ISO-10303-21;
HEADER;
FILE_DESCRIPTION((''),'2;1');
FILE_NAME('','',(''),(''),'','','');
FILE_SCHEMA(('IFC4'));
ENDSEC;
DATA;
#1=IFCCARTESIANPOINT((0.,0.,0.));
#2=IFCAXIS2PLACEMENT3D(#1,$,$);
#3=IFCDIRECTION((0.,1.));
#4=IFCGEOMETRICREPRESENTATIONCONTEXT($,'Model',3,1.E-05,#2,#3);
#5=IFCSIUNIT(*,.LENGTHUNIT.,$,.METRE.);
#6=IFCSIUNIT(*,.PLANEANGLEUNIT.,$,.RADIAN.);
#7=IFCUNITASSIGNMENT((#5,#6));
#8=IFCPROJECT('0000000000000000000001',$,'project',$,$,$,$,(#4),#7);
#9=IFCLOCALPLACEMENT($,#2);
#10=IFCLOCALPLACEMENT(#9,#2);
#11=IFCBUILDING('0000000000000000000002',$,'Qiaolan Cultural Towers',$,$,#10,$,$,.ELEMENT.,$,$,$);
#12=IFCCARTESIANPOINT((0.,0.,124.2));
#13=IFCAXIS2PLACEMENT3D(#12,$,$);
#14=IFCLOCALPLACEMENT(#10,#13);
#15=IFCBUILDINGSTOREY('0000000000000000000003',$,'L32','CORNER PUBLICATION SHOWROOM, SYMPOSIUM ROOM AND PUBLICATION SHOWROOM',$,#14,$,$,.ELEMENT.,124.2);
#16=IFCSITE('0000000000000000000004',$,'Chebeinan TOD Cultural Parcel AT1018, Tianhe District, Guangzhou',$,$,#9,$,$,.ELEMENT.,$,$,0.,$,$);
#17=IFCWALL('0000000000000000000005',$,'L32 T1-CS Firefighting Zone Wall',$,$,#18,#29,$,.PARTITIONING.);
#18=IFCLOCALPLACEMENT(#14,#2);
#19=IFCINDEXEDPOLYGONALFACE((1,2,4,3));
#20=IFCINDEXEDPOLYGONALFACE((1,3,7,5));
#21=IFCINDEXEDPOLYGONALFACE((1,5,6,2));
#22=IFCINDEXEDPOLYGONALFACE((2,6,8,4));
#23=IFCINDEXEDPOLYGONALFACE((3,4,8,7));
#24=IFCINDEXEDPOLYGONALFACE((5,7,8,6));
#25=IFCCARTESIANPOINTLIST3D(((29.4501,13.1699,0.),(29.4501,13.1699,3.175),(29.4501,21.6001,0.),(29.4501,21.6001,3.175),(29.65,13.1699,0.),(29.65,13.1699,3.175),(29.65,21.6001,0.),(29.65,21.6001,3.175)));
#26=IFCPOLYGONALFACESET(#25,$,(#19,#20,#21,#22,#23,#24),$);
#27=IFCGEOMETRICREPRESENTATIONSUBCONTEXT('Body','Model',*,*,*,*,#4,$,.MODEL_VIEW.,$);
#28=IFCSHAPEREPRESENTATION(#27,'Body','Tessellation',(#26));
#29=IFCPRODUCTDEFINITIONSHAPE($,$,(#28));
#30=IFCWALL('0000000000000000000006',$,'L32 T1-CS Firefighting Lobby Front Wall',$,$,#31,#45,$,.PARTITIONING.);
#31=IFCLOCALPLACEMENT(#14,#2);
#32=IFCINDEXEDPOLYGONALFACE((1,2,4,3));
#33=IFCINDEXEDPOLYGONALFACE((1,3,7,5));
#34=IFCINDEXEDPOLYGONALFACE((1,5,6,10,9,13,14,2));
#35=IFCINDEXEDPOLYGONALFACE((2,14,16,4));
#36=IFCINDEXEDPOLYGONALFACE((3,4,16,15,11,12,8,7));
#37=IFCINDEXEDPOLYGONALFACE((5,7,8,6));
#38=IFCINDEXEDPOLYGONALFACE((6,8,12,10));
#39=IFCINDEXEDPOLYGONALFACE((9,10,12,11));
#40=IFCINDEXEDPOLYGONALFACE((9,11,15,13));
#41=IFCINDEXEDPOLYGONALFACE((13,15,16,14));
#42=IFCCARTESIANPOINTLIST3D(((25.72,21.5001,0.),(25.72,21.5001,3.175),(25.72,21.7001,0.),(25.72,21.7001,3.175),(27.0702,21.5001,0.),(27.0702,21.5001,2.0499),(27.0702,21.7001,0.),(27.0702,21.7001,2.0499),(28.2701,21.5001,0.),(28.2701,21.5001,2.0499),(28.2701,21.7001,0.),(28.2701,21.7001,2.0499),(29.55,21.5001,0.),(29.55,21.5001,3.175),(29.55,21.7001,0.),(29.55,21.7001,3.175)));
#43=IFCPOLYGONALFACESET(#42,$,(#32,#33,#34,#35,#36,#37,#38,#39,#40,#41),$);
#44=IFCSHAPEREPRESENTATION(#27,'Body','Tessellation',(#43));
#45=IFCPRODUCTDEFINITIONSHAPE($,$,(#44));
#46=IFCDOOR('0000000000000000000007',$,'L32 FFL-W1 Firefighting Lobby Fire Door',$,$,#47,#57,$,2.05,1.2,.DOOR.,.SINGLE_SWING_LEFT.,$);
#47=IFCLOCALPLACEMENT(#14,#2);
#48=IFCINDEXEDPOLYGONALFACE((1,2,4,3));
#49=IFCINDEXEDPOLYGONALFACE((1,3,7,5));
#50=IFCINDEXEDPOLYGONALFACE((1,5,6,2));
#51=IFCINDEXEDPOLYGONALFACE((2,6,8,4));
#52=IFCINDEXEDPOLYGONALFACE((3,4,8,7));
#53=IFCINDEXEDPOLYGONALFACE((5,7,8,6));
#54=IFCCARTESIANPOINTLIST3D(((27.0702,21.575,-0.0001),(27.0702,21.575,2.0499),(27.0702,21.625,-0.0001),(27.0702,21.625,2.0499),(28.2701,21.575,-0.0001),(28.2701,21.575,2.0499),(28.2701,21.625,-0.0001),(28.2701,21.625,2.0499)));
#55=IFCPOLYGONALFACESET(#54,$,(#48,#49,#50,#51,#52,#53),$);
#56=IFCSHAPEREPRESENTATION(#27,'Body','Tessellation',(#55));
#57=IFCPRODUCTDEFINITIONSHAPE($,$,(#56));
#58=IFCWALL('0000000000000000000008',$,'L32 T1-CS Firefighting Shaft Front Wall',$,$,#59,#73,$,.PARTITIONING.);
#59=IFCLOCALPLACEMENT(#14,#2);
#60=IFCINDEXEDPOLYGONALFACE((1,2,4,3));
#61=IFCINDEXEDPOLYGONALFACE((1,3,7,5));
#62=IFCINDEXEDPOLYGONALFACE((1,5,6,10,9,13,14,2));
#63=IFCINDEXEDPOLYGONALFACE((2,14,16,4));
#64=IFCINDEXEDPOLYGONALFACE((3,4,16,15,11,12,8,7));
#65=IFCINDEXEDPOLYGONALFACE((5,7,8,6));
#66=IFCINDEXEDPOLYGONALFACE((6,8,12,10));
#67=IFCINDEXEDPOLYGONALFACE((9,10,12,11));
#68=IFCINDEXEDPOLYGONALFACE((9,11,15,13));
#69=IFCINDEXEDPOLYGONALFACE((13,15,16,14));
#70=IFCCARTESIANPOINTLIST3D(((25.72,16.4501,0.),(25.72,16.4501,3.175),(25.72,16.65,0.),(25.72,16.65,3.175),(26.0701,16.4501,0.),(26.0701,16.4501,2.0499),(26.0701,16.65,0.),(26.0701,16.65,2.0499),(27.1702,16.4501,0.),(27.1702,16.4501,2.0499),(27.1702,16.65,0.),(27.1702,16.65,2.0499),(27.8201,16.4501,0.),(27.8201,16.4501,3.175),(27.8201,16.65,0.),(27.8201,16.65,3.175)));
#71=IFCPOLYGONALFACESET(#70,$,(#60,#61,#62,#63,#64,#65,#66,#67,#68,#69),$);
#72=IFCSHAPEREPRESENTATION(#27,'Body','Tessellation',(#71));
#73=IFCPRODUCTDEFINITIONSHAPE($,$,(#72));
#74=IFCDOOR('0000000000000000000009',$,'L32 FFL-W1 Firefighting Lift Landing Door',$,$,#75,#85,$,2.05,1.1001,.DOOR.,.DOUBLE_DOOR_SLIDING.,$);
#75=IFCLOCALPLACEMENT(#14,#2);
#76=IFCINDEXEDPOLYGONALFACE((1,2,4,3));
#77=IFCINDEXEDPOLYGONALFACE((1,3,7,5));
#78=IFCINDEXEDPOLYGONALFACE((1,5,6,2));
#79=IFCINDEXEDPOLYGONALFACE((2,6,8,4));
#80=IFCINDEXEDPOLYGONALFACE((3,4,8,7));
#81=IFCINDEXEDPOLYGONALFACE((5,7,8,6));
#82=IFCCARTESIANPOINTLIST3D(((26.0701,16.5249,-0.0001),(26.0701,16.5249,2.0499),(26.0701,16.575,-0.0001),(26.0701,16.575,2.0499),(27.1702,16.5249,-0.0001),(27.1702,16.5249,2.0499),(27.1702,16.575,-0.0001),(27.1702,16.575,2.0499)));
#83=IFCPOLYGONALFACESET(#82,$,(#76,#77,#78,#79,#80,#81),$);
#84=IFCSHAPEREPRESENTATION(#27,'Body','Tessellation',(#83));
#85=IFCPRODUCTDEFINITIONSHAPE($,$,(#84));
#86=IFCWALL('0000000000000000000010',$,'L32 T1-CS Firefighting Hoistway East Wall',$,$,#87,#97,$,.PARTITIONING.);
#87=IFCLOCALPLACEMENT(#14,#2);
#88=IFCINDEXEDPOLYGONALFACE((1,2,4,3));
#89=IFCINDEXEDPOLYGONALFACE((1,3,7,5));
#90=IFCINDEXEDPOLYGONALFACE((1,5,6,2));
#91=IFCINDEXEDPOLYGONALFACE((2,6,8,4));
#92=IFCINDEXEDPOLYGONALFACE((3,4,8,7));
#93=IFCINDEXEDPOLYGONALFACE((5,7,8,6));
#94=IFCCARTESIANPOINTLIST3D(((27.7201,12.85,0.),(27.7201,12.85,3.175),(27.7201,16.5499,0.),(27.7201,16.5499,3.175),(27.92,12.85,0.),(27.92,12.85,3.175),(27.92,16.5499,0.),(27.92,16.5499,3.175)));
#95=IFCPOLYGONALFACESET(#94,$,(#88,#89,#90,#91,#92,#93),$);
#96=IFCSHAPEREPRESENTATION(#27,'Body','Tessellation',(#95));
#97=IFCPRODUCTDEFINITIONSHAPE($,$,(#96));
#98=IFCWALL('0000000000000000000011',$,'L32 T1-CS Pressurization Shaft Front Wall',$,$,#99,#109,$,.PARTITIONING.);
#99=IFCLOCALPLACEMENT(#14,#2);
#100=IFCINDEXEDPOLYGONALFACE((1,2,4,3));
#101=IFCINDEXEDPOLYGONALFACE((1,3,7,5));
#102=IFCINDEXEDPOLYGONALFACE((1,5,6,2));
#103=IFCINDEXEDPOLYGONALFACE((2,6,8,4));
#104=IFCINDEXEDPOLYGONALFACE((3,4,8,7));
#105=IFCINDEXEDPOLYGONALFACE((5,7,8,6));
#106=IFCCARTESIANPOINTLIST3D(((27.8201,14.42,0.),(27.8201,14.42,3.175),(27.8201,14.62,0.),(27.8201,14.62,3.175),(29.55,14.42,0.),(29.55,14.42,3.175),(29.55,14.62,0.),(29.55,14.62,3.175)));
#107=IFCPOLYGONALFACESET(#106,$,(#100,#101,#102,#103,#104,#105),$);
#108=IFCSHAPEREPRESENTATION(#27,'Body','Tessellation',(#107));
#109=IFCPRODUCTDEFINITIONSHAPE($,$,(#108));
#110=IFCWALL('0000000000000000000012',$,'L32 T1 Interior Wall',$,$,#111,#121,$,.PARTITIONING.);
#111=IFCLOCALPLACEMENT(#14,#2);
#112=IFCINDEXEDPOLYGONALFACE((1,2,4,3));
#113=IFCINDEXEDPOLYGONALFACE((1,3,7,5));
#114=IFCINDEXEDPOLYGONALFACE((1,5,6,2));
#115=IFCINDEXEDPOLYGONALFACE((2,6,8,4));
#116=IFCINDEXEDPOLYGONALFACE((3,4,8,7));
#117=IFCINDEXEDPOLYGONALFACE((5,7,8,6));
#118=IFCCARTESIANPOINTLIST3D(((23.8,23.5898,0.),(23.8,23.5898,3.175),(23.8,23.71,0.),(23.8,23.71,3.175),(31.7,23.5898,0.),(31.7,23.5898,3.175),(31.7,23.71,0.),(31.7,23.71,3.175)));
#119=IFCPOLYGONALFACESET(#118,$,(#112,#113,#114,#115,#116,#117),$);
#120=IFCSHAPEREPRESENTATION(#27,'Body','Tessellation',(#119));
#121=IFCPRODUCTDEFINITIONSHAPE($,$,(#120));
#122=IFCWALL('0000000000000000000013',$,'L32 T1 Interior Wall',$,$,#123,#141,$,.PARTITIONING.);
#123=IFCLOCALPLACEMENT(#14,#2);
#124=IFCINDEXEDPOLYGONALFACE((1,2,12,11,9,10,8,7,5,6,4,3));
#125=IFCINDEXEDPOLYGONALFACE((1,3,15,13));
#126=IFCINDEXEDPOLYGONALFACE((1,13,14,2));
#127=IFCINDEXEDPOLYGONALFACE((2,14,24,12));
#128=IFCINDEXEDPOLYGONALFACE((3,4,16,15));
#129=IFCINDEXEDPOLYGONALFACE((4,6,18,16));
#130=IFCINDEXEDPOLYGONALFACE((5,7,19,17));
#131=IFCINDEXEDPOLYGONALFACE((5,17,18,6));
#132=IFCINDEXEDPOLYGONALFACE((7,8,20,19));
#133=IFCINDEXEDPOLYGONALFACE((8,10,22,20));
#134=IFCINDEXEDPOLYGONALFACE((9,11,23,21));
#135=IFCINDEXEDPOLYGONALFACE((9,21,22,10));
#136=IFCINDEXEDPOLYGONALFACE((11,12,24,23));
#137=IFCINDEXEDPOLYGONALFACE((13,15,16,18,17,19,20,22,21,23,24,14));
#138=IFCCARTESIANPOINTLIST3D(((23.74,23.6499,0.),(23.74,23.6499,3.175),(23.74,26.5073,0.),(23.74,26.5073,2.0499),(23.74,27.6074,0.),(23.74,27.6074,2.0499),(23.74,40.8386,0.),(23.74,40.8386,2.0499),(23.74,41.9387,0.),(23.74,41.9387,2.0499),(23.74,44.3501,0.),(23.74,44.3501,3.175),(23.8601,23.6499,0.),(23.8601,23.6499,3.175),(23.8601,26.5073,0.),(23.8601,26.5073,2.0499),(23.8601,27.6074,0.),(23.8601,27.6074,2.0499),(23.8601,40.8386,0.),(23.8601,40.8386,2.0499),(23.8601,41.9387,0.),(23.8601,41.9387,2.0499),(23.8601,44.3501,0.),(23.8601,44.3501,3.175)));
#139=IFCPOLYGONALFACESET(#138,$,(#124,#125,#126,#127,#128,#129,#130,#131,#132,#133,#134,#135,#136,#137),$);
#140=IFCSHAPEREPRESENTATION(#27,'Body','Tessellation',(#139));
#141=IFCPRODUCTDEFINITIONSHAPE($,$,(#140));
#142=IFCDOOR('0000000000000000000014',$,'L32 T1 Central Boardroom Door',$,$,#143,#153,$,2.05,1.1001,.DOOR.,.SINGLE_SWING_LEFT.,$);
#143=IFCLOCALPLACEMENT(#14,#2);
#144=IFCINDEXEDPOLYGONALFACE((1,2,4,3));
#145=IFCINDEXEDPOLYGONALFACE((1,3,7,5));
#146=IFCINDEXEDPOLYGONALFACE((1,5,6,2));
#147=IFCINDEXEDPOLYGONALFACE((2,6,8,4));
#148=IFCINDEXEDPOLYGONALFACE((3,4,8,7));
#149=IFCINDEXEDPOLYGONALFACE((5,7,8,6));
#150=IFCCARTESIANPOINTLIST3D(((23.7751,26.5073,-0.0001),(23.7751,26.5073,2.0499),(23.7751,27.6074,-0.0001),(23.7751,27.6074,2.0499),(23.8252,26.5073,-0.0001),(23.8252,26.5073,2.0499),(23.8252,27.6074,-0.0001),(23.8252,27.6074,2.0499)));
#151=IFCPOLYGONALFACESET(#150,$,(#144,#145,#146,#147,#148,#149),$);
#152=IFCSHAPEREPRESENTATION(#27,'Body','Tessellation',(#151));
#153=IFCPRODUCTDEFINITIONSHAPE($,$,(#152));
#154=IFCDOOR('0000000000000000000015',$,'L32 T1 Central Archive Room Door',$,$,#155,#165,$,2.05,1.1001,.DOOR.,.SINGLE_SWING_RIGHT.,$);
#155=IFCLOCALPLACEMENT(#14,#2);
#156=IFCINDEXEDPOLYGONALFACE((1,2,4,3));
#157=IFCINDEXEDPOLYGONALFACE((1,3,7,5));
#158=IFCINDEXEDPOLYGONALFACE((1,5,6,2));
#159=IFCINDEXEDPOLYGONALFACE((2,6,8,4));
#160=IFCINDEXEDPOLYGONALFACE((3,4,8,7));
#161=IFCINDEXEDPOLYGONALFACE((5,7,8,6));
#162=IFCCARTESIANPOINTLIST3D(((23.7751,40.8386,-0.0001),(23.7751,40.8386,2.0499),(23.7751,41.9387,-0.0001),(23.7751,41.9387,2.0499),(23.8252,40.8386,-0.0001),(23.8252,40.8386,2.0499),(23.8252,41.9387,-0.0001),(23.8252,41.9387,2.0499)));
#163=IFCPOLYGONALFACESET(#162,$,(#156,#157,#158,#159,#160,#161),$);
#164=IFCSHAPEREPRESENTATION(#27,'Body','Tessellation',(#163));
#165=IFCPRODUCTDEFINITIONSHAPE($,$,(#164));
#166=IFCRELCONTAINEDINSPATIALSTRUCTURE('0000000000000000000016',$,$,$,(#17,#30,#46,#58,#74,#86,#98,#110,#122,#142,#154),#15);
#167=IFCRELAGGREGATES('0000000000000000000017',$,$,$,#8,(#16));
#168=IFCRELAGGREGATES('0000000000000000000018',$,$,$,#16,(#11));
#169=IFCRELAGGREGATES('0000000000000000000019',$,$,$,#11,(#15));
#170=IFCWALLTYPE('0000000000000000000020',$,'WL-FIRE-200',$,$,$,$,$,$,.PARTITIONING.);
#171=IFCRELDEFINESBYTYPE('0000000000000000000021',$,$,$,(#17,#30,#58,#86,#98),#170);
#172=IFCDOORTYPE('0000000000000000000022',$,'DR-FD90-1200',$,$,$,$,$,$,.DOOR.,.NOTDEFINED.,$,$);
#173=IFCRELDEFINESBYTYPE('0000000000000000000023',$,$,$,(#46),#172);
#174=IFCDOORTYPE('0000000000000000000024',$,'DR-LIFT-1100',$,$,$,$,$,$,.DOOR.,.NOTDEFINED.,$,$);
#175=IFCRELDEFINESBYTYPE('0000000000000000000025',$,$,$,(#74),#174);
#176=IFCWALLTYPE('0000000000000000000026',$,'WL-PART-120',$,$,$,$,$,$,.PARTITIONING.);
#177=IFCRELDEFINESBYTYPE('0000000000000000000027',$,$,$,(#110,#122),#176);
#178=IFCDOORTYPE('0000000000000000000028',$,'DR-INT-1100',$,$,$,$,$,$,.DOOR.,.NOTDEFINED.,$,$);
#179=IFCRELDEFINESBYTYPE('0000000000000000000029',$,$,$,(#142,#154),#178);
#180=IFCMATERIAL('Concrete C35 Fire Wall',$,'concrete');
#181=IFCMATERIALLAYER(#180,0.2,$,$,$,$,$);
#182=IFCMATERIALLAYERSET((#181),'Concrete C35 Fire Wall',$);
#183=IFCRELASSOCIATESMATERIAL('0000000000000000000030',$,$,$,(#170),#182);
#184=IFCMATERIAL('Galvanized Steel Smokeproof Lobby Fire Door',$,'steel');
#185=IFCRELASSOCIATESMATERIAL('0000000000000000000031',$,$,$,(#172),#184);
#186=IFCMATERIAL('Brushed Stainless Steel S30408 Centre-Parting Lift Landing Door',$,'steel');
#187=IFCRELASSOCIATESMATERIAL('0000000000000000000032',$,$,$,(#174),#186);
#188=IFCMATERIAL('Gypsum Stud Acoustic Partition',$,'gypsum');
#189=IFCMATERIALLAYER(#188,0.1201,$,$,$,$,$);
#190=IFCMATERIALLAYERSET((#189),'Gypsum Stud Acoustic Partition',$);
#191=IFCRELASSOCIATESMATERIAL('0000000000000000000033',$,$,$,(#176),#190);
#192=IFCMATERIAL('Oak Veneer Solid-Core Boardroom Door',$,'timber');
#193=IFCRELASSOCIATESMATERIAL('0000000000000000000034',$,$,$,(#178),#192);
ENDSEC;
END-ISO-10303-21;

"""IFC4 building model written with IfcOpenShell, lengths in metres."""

from ifc_helpers import new_model, si_unit, direction, frame, frame_2d, origin, place, context, subcontext, project, spatial, rectangle, extrude, material, layer, layer_set, type_object, element, fill, save


model = new_model("IFC4")

# Units and contexts
model_context = context("Model", 3, precision=1e-05, world=origin(), true_north=direction((0.0, 1.0)))
body_context = subcontext(model_context, "Body", "Model", "MODEL_VIEW")
ifc_project = project(units=[si_unit("LENGTHUNIT", "METRE"), si_unit("PLANEANGLEUNIT", "RADIAN")], contexts=[model_context])

# Site, building, storey
site_placement = place(None, origin())
site = spatial("IfcSite", under=ifc_project, at=site_placement, Name="Chebeinan TOD Cultural Parcel AT1018, Tianhe District, Guangzhou", CompositionType="ELEMENT", RefElevation=0.0)
building_placement = place(site_placement, origin())
building = spatial("IfcBuilding", under=site, at=building_placement, Name="Qiaolan Cultural Towers", CompositionType="ELEMENT")
storey_placement = place(building_placement, frame((0.0, 0.0, 124.2)))
storey = spatial("IfcBuildingStorey", under=building, at=storey_placement, Name="L32", Description="CORNER PUBLICATION SHOWROOM, SYMPOSIUM ROOM AND PUBLICATION SHOWROOM", CompositionType="ELEMENT", Elevation=124.2)

# Shared definitions
ifc_material_1 = material(Name="Concrete C35 Fire Wall", Category="concrete")
ifc_layer_1 = layer(ifc_material_1, 0.2)
ifc_layer_set_1 = layer_set([ifc_layer_1], Name="Concrete C35 Fire Wall")
wall_type_1 = type_object("IfcWallType", Name="WL-FIRE-200", PredefinedType="PARTITIONING", material=ifc_layer_set_1)

# Wall
wall_1_placement = place(storey_placement, frame((29.55, 21.6001, 0.0), z_axis=(0.0, 0.0, 1.0), x_axis=(0.0, -1.0, 0.0)))
element("IfcWall", 1, at=wall_1_placement, inside=storey, type_object=wall_type_1, Name="L32 T1-CS Firefighting Zone Wall", PredefinedType="PARTITIONING", context=body_context, shape_type="SweptSolid", body=[
    extrude(rectangle(XDim=8.4302, YDim=0.2, at=frame_2d((4.2151, 0.0))), origin(), (0.0, 0.0, 1.0), 3.175),
])

# Walls, openings, doors
wall_2_placement = place(storey_placement, frame((25.72, 21.6001, 0.0), z_axis=(0.0, 0.0, 1.0), x_axis=(1.0, 0.0, 0.0)))
wall_2 = element("IfcWall", 2, at=wall_2_placement, inside=storey, type_object=wall_type_1, Name="L32 T1-CS Firefighting Lobby Front Wall", PredefinedType="PARTITIONING", context=body_context, shape_type="SweptSolid", body=[
    extrude(rectangle(XDim=3.8301, YDim=0.2, at=frame_2d((1.915, 0.0))), origin(), (0.0, 0.0, 1.0), 3.175),
])
opening_1_placement = place(wall_2_placement, frame((1.3501, 0.0, 0.0)))
opening_1 = element("IfcOpeningElement", 3, at=opening_1_placement, cuts=wall_2, PredefinedType="OPENING", context=body_context, shape_type="SweptSolid", body=[
    extrude(rectangle(XDim=1.2, YDim=2.05, at=frame_2d((0.6001, 1.0249))), frame((0.0, 0.1099, 0.0), z_axis=(0.0, -1.0, 0.0), x_axis=(1.0, 0.0, 0.0)), (0.0, 0.0, 1.0), 0.22),
])
ifc_material_2 = material(Name="Galvanized Steel Smokeproof Lobby Fire Door", Category="steel")
door_type_1 = type_object("IfcDoorType", Name="DR-FD90-1200", OperationType="NOTDEFINED", PredefinedType="DOOR", material=ifc_material_2)
door_1_placement = place(opening_1_placement, origin())
door_1 = element("IfcDoor", 4, at=door_1_placement, inside=storey, type_object=door_type_1, Name="L32 FFL-W1 Firefighting Lobby Fire Door", OperationType="SINGLE_SWING_LEFT", OverallHeight=2.05, OverallWidth=1.2, PredefinedType="DOOR", context=body_context, shape_type="SweptSolid", body=[
    extrude(rectangle(XDim=1.2, YDim=2.05, at=frame_2d((0.6001, 1.0249))), frame((0.0, 0.0249, 0.0), z_axis=(0.0, -1.0, 0.0), x_axis=(1.0, 0.0, 0.0)), (0.0, 0.0, 1.0), 0.05),
])
fill(opening_1, door_1)
wall_3_placement = place(storey_placement, frame((25.72, 16.55, 0.0), z_axis=(0.0, 0.0, 1.0), x_axis=(1.0, 0.0, 0.0)))
wall_3 = element("IfcWall", 5, at=wall_3_placement, inside=storey, type_object=wall_type_1, Name="L32 T1-CS Firefighting Shaft Front Wall", PredefinedType="PARTITIONING", context=body_context, shape_type="SweptSolid", body=[
    extrude(rectangle(XDim=2.1001, YDim=0.2, at=frame_2d((1.05, 0.0))), origin(), (0.0, 0.0, 1.0), 3.175),
])
opening_2_placement = place(wall_3_placement, frame((0.3501, 0.0, 0.0)))
opening_2 = element("IfcOpeningElement", 6, at=opening_2_placement, cuts=wall_3, PredefinedType="OPENING", context=body_context, shape_type="SweptSolid", body=[
    extrude(rectangle(XDim=1.1001, YDim=2.05, at=frame_2d((0.55, 1.0249))), frame((0.0, 0.1099, 0.0), z_axis=(0.0, -1.0, 0.0), x_axis=(1.0, 0.0, 0.0)), (0.0, 0.0, 1.0), 0.22),
])
ifc_material_3 = material(Name="Brushed Stainless Steel S30408 Centre-Parting Lift Landing Door", Category="steel")
door_type_2 = type_object("IfcDoorType", Name="DR-LIFT-1100", OperationType="NOTDEFINED", PredefinedType="DOOR", material=ifc_material_3)
door_2_placement = place(opening_2_placement, origin())
door_2 = element("IfcDoor", 7, at=door_2_placement, inside=storey, type_object=door_type_2, Name="L32 FFL-W1 Firefighting Lift Landing Door", OperationType="DOUBLE_DOOR_SLIDING", OverallHeight=2.05, OverallWidth=1.1001, PredefinedType="DOOR", context=body_context, shape_type="SweptSolid", body=[
    extrude(rectangle(XDim=1.1001, YDim=2.05, at=frame_2d((0.55, 1.0249))), frame((0.0, 0.0249, 0.0), z_axis=(0.0, -1.0, 0.0), x_axis=(1.0, 0.0, 0.0)), (0.0, 0.0, 1.0), 0.05),
])
fill(opening_2, door_2)

# Walls
wall_4_placement = place(storey_placement, frame((27.8201, 16.55, 0.0), z_axis=(0.0, 0.0, 1.0), x_axis=(0.0, -1.0, 0.0)))
element("IfcWall", 8, at=wall_4_placement, inside=storey, type_object=wall_type_1, Name="L32 T1-CS Firefighting Hoistway East Wall", PredefinedType="PARTITIONING", context=body_context, shape_type="SweptSolid", body=[
    extrude(rectangle(XDim=3.7, YDim=0.2, at=frame_2d((1.8501, 0.0))), origin(), (0.0, 0.0, 1.0), 3.175),
])
wall_5_placement = place(storey_placement, frame((27.8201, 14.52, 0.0), z_axis=(0.0, 0.0, 1.0), x_axis=(1.0, 0.0, 0.0)))
element("IfcWall", 9, at=wall_5_placement, inside=storey, type_object=wall_type_1, Name="L32 T1-CS Pressurization Shaft Front Wall", PredefinedType="PARTITIONING", context=body_context, shape_type="SweptSolid", body=[
    extrude(rectangle(XDim=1.73, YDim=0.2, at=frame_2d((0.865, 0.0))), origin(), (0.0, 0.0, 1.0), 3.175),
])
ifc_material_4 = material(Name="Gypsum Stud Acoustic Partition", Category="gypsum")
ifc_layer_2 = layer(ifc_material_4, 0.1201)
ifc_layer_set_2 = layer_set([ifc_layer_2], Name="Gypsum Stud Acoustic Partition")
wall_type_2 = type_object("IfcWallType", Name="WL-PART-120", PredefinedType="PARTITIONING", material=ifc_layer_set_2)
wall_6_placement = place(storey_placement, frame((23.8, 23.6499, 0.0), z_axis=(0.0, 0.0, 1.0), x_axis=(1.0, 0.0, 0.0)))
element("IfcWall", 10, at=wall_6_placement, inside=storey, type_object=wall_type_2, Name="L32 T1 Interior Wall", PredefinedType="PARTITIONING", context=body_context, shape_type="SweptSolid", body=[
    extrude(rectangle(XDim=7.8999, YDim=0.1201, at=frame_2d((3.95, 0.0))), origin(), (0.0, 0.0, 1.0), 3.175),
])

# Wall, openings, doors
wall_7_placement = place(storey_placement, frame((23.8, 23.6499, 0.0), z_axis=(0.0, 0.0, 1.0), x_axis=(0.0, 1.0, 0.0)))
wall_7 = element("IfcWall", 11, at=wall_7_placement, inside=storey, type_object=wall_type_2, Name="L32 T1 Interior Wall", PredefinedType="PARTITIONING", context=body_context, shape_type="SweptSolid", body=[
    extrude(rectangle(XDim=20.7002, YDim=0.1201, at=frame_2d((10.3501, 0.0))), origin(), (0.0, 0.0, 1.0), 3.175),
])
opening_3_placement = place(wall_7_placement, frame((2.8574, 0.0, 0.0)))
opening_3 = element("IfcOpeningElement", 12, at=opening_3_placement, cuts=wall_7, PredefinedType="OPENING", context=body_context, shape_type="SweptSolid", body=[
    extrude(rectangle(XDim=1.1001, YDim=2.05, at=frame_2d((0.55, 1.0249))), frame((0.0, 0.0701, 0.0), z_axis=(0.0, -1.0, 0.0), x_axis=(1.0, 0.0, 0.0)), (0.0, 0.0, 1.0), 0.1401),
])
opening_4_placement = place(wall_7_placement, frame((17.1887, 0.0, 0.0)))
opening_4 = element("IfcOpeningElement", 13, at=opening_4_placement, cuts=wall_7, PredefinedType="OPENING", context=body_context, shape_type="SweptSolid", body=[
    extrude(rectangle(XDim=1.1001, YDim=2.05, at=frame_2d((0.55, 1.0249))), frame((0.0, 0.0701, 0.0), z_axis=(0.0, -1.0, 0.0), x_axis=(1.0, 0.0, 0.0)), (0.0, 0.0, 1.0), 0.1401),
])
ifc_material_5 = material(Name="Oak Veneer Solid-Core Boardroom Door", Category="timber")
door_type_3 = type_object("IfcDoorType", Name="DR-INT-1100", OperationType="NOTDEFINED", PredefinedType="DOOR", material=ifc_material_5)
door_3_placement = place(opening_3_placement, origin())
door_3 = element("IfcDoor", 14, at=door_3_placement, inside=storey, type_object=door_type_3, Name="L32 T1 Central Boardroom Door", OperationType="SINGLE_SWING_LEFT", OverallHeight=2.05, OverallWidth=1.1001, PredefinedType="DOOR", context=body_context, shape_type="SweptSolid", body=[
    extrude(rectangle(XDim=1.1001, YDim=2.05, at=frame_2d((0.55, 1.0249))), frame((0.0, 0.0249, 0.0), z_axis=(0.0, -1.0, 0.0), x_axis=(1.0, 0.0, 0.0)), (0.0, 0.0, 1.0), 0.05),
])
fill(opening_3, door_3)
door_4_placement = place(opening_4_placement, origin())
door_4 = element("IfcDoor", 15, at=door_4_placement, inside=storey, type_object=door_type_3, Name="L32 T1 Central Archive Room Door", OperationType="SINGLE_SWING_RIGHT", OverallHeight=2.05, OverallWidth=1.1001, PredefinedType="DOOR", context=body_context, shape_type="SweptSolid", body=[
    extrude(rectangle(XDim=1.1001, YDim=2.05, at=frame_2d((0.55, 1.0249))), frame((0.0, 0.0249, 0.0), z_axis=(0.0, -1.0, 0.0), x_axis=(1.0, 0.0, 0.0)), (0.0, 0.0, 1.0), 0.05),
])
fill(opening_4, door_4)

save(model, "model.ifc")
